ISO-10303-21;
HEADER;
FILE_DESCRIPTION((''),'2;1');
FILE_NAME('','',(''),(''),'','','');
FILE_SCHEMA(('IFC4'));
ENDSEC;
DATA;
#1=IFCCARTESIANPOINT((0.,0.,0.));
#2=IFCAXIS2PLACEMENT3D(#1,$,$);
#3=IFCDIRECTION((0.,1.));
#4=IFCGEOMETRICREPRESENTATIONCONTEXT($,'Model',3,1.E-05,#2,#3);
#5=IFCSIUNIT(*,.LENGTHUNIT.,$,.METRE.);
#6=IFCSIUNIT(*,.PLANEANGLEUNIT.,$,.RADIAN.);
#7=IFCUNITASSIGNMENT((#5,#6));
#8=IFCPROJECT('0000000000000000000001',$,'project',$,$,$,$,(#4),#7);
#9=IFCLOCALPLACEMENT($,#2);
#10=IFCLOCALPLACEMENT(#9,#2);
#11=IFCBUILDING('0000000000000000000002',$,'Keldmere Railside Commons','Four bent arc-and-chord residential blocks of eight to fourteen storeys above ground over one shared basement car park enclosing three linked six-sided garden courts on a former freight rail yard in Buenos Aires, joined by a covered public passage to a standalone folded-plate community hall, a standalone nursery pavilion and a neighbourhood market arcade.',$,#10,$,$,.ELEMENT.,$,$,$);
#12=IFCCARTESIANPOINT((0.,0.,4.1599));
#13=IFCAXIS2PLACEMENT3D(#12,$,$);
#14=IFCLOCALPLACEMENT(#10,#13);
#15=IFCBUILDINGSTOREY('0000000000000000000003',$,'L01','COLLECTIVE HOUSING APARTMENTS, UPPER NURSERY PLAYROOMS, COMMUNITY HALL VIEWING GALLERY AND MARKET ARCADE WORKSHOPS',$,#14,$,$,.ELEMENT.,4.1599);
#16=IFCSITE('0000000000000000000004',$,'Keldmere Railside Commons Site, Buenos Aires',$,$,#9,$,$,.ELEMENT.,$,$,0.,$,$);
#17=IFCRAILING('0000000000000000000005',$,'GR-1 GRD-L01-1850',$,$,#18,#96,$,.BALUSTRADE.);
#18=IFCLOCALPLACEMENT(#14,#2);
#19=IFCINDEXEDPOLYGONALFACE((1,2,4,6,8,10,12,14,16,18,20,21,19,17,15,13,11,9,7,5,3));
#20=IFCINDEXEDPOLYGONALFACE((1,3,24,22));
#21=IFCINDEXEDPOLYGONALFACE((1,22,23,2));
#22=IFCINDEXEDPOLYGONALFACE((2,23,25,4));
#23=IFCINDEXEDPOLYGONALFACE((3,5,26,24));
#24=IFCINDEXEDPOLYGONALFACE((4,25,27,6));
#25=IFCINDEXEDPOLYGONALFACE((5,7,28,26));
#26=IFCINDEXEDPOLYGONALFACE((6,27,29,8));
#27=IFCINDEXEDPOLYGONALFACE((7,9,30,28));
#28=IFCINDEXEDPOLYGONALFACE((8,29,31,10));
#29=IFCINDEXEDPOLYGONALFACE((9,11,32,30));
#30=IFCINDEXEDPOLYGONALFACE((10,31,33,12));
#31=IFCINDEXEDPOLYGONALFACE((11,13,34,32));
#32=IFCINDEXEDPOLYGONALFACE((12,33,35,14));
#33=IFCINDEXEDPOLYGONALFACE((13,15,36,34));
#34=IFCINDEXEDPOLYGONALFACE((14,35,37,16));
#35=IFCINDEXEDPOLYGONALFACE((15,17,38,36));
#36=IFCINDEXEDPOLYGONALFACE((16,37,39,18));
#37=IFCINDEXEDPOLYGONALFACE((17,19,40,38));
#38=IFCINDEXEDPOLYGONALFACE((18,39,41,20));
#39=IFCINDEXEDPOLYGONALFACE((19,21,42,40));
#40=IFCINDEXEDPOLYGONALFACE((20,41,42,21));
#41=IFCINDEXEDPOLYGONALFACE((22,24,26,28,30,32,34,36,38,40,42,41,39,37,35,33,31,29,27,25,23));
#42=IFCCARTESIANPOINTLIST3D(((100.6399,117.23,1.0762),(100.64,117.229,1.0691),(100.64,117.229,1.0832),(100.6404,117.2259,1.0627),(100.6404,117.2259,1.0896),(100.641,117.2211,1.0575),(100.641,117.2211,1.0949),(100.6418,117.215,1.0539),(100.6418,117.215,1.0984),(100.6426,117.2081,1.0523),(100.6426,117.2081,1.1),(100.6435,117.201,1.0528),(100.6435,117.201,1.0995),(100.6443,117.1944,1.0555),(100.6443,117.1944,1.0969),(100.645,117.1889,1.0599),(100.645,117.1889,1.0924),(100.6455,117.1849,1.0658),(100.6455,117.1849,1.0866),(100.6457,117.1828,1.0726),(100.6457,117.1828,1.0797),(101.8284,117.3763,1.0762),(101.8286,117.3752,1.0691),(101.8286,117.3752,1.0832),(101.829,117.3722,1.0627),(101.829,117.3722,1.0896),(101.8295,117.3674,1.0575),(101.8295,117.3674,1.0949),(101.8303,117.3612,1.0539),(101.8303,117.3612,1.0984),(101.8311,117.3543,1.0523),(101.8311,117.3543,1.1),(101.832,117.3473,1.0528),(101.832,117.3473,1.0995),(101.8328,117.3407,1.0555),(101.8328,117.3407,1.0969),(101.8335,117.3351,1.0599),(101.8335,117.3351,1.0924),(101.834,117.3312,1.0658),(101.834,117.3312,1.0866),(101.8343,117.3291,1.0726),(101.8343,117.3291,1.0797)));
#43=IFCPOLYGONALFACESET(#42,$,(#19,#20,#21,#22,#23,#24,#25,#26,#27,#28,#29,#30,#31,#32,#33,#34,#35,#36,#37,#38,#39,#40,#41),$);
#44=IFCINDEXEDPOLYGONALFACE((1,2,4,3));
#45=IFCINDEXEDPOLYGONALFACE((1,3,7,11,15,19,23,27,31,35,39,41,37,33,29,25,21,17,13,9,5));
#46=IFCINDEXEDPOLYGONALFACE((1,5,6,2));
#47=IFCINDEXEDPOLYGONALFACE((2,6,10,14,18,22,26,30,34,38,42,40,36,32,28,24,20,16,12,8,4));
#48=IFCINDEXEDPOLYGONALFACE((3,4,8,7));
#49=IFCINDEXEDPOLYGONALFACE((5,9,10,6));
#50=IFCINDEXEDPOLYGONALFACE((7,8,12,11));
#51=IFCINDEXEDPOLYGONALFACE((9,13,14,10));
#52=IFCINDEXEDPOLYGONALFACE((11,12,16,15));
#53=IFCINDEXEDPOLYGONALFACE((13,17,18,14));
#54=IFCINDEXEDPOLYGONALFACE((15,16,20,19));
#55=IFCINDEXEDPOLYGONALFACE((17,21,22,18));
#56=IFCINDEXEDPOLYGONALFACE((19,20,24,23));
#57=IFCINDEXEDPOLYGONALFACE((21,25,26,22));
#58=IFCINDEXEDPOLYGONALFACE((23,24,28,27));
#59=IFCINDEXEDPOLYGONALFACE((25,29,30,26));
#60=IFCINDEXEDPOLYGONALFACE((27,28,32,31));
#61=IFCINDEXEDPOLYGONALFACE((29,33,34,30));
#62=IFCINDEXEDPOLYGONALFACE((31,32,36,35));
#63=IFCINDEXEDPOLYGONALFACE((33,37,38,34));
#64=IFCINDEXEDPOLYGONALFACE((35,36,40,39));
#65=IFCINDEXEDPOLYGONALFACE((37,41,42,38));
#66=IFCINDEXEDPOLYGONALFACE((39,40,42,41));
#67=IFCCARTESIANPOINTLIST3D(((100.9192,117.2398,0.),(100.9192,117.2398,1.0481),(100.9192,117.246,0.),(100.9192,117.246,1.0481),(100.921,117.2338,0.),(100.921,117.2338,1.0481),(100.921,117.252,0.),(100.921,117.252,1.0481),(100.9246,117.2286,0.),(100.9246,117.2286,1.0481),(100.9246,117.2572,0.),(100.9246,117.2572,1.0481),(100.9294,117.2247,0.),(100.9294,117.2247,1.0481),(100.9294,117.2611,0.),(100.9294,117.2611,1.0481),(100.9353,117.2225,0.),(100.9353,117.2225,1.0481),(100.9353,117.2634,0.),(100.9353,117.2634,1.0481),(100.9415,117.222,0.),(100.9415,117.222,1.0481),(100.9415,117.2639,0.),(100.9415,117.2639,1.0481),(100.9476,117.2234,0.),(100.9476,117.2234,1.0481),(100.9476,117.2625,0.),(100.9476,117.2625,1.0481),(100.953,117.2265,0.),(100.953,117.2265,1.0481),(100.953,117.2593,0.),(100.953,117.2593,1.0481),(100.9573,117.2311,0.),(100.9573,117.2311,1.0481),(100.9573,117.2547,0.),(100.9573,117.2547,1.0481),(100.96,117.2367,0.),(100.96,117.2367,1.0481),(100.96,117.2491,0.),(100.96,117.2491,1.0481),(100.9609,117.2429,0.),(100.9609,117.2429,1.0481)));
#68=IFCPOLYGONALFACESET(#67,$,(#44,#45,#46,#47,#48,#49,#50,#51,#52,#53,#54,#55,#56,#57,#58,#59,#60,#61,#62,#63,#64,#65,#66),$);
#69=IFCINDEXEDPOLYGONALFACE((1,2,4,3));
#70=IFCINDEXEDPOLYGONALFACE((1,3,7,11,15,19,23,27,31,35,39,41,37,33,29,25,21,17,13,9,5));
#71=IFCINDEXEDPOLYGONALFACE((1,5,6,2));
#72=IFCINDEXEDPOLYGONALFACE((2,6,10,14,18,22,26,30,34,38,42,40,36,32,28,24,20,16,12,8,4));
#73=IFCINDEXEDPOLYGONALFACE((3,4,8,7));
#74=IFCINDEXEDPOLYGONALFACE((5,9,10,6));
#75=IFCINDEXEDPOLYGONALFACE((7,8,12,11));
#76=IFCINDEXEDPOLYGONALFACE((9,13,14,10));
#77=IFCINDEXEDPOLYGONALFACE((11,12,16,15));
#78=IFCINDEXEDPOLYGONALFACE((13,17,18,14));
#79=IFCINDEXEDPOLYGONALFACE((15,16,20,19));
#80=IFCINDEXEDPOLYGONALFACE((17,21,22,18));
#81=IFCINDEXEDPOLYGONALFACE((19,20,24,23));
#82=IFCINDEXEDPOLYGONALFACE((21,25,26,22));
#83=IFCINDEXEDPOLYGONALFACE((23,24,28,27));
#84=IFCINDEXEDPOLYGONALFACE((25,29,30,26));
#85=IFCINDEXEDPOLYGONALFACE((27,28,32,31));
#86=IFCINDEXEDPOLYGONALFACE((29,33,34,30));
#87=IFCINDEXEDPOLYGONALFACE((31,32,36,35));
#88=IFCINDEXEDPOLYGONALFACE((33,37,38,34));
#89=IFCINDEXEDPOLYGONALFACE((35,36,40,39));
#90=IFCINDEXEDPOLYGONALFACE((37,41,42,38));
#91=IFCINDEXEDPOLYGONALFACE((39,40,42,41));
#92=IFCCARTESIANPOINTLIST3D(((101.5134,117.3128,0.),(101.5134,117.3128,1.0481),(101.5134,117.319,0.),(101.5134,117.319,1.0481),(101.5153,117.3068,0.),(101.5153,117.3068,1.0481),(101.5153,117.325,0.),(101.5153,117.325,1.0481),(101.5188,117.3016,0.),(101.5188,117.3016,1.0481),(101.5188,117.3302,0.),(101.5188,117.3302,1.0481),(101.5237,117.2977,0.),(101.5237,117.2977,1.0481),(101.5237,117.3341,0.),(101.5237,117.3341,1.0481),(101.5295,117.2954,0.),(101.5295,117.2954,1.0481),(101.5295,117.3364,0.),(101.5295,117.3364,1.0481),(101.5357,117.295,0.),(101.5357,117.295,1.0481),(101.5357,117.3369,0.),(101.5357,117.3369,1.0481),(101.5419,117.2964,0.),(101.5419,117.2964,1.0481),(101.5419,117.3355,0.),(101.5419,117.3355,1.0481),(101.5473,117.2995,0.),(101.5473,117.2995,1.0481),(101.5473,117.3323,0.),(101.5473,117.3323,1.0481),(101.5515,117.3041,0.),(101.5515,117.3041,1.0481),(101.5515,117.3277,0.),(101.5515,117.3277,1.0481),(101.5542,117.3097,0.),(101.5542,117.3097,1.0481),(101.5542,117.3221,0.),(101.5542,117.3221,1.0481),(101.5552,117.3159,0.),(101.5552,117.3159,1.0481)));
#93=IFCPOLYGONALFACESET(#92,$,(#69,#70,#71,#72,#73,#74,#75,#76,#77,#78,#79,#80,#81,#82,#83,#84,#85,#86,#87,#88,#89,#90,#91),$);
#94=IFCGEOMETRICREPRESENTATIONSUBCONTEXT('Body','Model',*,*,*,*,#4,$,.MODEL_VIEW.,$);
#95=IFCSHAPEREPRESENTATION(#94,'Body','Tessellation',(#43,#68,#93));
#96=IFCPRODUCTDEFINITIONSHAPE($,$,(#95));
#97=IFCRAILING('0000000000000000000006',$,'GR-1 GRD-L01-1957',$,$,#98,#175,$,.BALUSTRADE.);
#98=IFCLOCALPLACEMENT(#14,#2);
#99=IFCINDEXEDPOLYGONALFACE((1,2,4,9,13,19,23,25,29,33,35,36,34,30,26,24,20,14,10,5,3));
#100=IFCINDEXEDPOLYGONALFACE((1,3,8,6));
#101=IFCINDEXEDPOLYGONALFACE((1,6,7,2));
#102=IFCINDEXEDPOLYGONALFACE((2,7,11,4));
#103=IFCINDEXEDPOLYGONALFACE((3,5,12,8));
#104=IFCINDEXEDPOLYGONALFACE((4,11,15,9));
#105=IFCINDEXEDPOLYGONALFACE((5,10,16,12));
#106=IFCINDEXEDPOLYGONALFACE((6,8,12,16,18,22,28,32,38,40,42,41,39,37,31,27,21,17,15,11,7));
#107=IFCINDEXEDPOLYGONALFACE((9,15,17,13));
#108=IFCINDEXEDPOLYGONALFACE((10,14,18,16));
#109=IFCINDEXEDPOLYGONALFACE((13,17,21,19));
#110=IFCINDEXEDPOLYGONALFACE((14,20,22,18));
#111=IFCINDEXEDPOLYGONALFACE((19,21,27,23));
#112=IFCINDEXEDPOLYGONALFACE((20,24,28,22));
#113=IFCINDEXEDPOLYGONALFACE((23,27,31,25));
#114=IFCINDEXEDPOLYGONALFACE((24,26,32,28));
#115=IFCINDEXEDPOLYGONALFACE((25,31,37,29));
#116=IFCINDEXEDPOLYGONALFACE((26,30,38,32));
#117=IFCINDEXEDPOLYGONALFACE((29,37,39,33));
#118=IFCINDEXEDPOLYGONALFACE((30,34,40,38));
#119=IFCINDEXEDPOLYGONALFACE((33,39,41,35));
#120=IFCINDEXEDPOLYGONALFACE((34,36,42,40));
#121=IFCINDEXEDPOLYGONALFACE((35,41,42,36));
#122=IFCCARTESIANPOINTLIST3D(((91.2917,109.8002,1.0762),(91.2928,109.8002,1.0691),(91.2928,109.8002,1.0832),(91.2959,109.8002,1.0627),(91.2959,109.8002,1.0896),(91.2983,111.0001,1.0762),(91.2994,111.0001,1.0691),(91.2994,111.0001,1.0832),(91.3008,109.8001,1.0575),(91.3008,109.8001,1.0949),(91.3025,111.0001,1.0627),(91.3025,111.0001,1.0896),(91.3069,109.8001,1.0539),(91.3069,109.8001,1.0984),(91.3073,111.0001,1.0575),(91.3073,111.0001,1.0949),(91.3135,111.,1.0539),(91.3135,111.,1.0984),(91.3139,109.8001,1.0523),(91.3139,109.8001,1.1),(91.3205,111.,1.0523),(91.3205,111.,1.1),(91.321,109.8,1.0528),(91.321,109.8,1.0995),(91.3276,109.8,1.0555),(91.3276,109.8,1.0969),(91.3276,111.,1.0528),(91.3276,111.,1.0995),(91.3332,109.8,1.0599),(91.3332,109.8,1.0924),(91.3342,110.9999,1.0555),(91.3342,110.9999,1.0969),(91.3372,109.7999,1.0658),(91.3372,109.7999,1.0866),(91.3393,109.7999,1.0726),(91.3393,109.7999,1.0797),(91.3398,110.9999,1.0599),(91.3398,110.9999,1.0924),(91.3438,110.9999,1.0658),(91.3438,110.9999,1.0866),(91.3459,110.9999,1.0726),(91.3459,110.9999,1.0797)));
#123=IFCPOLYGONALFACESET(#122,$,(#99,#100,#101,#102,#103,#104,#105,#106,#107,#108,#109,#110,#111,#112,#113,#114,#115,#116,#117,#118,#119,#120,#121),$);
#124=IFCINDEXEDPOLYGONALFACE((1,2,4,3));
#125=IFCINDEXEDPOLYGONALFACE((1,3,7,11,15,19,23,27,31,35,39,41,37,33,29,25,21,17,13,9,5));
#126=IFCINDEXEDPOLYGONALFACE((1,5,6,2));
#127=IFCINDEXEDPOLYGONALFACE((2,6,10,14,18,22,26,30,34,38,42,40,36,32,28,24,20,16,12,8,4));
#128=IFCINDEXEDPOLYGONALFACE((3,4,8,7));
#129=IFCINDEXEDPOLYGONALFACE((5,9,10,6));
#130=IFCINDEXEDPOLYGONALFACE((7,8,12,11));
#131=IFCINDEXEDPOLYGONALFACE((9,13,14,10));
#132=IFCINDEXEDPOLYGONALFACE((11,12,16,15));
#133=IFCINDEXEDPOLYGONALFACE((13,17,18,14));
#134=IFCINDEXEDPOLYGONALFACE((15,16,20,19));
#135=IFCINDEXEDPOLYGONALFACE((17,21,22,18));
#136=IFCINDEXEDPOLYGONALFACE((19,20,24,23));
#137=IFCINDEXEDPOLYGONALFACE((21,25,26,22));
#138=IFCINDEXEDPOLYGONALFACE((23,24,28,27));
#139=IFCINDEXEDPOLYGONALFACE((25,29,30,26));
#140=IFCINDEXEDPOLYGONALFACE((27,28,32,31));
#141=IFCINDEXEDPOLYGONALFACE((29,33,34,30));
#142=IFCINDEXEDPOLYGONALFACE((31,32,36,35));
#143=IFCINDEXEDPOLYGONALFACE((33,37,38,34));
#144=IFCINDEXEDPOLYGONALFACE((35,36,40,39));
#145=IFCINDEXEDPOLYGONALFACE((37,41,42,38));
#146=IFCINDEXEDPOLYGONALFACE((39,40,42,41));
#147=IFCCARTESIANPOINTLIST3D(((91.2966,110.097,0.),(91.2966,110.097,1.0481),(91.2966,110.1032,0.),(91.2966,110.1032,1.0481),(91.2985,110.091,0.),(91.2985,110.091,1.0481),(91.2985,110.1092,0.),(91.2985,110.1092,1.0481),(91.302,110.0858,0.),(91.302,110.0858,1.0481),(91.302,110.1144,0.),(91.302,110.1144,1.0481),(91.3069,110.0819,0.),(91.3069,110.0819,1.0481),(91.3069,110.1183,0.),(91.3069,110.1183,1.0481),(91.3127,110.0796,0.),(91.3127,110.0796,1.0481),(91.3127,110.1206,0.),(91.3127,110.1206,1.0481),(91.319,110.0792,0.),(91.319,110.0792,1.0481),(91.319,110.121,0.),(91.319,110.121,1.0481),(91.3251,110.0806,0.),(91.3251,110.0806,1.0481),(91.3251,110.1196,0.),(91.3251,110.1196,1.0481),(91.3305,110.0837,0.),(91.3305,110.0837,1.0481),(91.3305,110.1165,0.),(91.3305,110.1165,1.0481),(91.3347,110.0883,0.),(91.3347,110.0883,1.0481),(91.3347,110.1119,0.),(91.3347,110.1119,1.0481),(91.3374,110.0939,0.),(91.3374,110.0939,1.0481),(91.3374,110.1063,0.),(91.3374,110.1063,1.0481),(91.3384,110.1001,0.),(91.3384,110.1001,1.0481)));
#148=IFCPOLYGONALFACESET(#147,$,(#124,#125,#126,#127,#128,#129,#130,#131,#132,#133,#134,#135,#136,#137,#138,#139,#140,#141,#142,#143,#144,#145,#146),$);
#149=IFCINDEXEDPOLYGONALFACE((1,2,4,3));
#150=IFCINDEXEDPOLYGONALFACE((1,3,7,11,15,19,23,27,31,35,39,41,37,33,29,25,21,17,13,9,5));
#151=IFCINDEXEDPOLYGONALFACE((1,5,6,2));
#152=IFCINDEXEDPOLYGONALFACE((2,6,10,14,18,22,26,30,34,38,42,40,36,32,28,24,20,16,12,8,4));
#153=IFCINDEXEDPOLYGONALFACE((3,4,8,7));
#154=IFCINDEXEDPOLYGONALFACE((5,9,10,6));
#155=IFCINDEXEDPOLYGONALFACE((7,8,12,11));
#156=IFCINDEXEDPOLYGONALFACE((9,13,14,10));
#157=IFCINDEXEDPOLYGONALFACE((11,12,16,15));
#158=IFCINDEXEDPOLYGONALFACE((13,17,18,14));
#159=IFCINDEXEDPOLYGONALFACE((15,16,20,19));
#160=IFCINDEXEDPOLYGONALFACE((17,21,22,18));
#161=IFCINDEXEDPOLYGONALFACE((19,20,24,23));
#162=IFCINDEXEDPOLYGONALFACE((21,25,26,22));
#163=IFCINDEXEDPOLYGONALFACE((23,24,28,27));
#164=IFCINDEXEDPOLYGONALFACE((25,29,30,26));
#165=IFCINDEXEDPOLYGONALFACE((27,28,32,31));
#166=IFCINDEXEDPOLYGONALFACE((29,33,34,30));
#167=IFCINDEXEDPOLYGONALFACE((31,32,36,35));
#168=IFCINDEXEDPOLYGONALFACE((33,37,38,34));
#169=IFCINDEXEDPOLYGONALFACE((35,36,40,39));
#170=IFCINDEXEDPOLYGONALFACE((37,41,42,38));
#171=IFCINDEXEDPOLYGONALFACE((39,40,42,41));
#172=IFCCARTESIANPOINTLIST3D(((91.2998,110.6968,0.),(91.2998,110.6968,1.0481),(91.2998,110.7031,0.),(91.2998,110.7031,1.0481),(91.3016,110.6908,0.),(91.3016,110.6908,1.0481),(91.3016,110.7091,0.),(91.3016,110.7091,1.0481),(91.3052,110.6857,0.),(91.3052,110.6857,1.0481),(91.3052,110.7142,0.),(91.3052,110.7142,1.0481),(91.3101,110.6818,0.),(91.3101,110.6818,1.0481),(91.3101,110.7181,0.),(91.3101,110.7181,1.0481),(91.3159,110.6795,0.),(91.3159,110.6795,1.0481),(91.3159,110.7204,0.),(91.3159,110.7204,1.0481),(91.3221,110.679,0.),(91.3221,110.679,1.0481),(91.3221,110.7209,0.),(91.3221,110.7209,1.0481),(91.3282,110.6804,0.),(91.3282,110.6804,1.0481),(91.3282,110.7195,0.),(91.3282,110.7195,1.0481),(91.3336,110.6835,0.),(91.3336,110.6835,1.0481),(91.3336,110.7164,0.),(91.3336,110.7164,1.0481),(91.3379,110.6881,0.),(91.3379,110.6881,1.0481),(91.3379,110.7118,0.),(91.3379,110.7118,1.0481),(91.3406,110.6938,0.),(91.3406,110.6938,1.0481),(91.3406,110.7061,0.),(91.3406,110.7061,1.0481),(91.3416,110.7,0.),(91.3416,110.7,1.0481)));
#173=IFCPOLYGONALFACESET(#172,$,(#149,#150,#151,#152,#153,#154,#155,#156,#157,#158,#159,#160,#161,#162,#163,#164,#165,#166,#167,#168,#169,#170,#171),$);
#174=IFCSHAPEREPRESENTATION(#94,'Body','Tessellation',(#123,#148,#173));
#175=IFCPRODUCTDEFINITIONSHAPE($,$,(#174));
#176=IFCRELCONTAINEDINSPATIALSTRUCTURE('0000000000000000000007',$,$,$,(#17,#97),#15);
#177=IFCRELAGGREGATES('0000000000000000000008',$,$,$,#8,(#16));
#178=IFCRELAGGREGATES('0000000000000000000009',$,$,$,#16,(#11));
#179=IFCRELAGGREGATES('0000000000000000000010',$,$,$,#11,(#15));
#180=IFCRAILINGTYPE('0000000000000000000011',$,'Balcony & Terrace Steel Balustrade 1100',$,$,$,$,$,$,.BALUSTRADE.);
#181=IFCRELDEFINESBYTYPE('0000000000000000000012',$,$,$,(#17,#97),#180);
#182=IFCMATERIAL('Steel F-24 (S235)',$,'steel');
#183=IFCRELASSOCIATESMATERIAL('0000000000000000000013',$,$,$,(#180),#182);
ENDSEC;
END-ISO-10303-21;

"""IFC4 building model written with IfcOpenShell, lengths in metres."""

from ifc_helpers import new_model, si_unit, direction, frame, origin, origin_2d, place, context, subcontext, project, spatial, circle, extrude, material, type_object, element, save


model = new_model("IFC4")

# Units and contexts
model_context = context("Model", 3, precision=1e-05, world=origin(), true_north=direction((0.0, 1.0)))
body_context = subcontext(model_context, "Body", "Model", "MODEL_VIEW")
ifc_project = project(units=[si_unit("LENGTHUNIT", "METRE"), si_unit("PLANEANGLEUNIT", "RADIAN")], contexts=[model_context])

# Site, building, storey
site_placement = place(None, origin())
site = spatial("IfcSite", under=ifc_project, at=site_placement, Name="Keldmere Railside Commons Site, Buenos Aires", CompositionType="ELEMENT", RefElevation=0.0)
building_placement = place(site_placement, origin())
building = spatial("IfcBuilding", under=site, at=building_placement, Name="Keldmere Railside Commons", Description="Four bent arc-and-chord residential blocks of eight to fourteen storeys above ground over one shared basement car park enclosing three linked six-sided garden courts on a former freight rail yard in Buenos Aires, joined by a covered public passage to a standalone folded-plate community hall, a standalone nursery pavilion and a neighbourhood market arcade.", CompositionType="ELEMENT")
storey_placement = place(building_placement, frame((0.0, 0.0, 4.1599)))
storey = spatial("IfcBuildingStorey", under=building, at=storey_placement, Name="L01", Description="COLLECTIVE HOUSING APARTMENTS, UPPER NURSERY PLAYROOMS, COMMUNITY HALL VIEWING GALLERY AND MARKET ARCADE WORKSHOPS", CompositionType="ELEMENT", Elevation=4.1599)

# Railings
ifc_material_1 = material(Name="Steel F-24 (S235)", Category="steel")
railing_type = type_object("IfcRailingType", Name="Balcony & Terrace Steel Balustrade 1100", PredefinedType="BALUSTRADE", material=ifc_material_1)
railing_1_placement = place(storey_placement, frame((100.6428, 117.2063, 0.0)))
element("IfcRailing", 1, at=railing_1_placement, inside=storey, type_object=railing_type, Name="GR-1 GRD-L01-1850", PredefinedType="BALUSTRADE", context=body_context, shape_type="SweptSolid", body=[
    extrude(circle(Radius=0.0239, at=origin_2d()), frame((0.0, 0.0, 1.0762), z_axis=(0.992514, 0.122127, 0.0), x_axis=(-0.122127, 0.992514, 0.0)), (0.0, 0.0, 1.0), 1.1975),
    extrude(circle(Radius=0.021, at=origin_2d()), frame((0.2971, 0.0366, 0.0)), (0.0, 0.0, 1.0), 1.0481),
    extrude(circle(Radius=0.021, at=origin_2d()), frame((0.8914, 0.1096, 0.0)), (0.0, 0.0, 1.0), 1.0481),
])
railing_2_placement = place(storey_placement, frame((91.3157, 109.8, 0.0)))
element("IfcRailing", 2, at=railing_2_placement, inside=storey, type_object=railing_type, Name="GR-1 GRD-L01-1957", PredefinedType="BALUSTRADE", context=body_context, shape_type="SweptSolid", body=[
    extrude(circle(Radius=0.0239, at=origin_2d()), frame((0.0, 0.0, 1.0762), z_axis=(0.005493, 0.999985, 0.0), x_axis=(-0.999985, 0.005493, 0.0)), (0.0, 0.0, 1.0), 1.2),
    extrude(circle(Radius=0.021, at=origin_2d()), frame((0.0017, 0.3, 0.0)), (0.0, 0.0, 1.0), 1.0481),
    extrude(circle(Radius=0.021, at=origin_2d()), frame((0.0049, 0.8999, 0.0)), (0.0, 0.0, 1.0), 1.0481),
])

save(model, "model.ifc")
